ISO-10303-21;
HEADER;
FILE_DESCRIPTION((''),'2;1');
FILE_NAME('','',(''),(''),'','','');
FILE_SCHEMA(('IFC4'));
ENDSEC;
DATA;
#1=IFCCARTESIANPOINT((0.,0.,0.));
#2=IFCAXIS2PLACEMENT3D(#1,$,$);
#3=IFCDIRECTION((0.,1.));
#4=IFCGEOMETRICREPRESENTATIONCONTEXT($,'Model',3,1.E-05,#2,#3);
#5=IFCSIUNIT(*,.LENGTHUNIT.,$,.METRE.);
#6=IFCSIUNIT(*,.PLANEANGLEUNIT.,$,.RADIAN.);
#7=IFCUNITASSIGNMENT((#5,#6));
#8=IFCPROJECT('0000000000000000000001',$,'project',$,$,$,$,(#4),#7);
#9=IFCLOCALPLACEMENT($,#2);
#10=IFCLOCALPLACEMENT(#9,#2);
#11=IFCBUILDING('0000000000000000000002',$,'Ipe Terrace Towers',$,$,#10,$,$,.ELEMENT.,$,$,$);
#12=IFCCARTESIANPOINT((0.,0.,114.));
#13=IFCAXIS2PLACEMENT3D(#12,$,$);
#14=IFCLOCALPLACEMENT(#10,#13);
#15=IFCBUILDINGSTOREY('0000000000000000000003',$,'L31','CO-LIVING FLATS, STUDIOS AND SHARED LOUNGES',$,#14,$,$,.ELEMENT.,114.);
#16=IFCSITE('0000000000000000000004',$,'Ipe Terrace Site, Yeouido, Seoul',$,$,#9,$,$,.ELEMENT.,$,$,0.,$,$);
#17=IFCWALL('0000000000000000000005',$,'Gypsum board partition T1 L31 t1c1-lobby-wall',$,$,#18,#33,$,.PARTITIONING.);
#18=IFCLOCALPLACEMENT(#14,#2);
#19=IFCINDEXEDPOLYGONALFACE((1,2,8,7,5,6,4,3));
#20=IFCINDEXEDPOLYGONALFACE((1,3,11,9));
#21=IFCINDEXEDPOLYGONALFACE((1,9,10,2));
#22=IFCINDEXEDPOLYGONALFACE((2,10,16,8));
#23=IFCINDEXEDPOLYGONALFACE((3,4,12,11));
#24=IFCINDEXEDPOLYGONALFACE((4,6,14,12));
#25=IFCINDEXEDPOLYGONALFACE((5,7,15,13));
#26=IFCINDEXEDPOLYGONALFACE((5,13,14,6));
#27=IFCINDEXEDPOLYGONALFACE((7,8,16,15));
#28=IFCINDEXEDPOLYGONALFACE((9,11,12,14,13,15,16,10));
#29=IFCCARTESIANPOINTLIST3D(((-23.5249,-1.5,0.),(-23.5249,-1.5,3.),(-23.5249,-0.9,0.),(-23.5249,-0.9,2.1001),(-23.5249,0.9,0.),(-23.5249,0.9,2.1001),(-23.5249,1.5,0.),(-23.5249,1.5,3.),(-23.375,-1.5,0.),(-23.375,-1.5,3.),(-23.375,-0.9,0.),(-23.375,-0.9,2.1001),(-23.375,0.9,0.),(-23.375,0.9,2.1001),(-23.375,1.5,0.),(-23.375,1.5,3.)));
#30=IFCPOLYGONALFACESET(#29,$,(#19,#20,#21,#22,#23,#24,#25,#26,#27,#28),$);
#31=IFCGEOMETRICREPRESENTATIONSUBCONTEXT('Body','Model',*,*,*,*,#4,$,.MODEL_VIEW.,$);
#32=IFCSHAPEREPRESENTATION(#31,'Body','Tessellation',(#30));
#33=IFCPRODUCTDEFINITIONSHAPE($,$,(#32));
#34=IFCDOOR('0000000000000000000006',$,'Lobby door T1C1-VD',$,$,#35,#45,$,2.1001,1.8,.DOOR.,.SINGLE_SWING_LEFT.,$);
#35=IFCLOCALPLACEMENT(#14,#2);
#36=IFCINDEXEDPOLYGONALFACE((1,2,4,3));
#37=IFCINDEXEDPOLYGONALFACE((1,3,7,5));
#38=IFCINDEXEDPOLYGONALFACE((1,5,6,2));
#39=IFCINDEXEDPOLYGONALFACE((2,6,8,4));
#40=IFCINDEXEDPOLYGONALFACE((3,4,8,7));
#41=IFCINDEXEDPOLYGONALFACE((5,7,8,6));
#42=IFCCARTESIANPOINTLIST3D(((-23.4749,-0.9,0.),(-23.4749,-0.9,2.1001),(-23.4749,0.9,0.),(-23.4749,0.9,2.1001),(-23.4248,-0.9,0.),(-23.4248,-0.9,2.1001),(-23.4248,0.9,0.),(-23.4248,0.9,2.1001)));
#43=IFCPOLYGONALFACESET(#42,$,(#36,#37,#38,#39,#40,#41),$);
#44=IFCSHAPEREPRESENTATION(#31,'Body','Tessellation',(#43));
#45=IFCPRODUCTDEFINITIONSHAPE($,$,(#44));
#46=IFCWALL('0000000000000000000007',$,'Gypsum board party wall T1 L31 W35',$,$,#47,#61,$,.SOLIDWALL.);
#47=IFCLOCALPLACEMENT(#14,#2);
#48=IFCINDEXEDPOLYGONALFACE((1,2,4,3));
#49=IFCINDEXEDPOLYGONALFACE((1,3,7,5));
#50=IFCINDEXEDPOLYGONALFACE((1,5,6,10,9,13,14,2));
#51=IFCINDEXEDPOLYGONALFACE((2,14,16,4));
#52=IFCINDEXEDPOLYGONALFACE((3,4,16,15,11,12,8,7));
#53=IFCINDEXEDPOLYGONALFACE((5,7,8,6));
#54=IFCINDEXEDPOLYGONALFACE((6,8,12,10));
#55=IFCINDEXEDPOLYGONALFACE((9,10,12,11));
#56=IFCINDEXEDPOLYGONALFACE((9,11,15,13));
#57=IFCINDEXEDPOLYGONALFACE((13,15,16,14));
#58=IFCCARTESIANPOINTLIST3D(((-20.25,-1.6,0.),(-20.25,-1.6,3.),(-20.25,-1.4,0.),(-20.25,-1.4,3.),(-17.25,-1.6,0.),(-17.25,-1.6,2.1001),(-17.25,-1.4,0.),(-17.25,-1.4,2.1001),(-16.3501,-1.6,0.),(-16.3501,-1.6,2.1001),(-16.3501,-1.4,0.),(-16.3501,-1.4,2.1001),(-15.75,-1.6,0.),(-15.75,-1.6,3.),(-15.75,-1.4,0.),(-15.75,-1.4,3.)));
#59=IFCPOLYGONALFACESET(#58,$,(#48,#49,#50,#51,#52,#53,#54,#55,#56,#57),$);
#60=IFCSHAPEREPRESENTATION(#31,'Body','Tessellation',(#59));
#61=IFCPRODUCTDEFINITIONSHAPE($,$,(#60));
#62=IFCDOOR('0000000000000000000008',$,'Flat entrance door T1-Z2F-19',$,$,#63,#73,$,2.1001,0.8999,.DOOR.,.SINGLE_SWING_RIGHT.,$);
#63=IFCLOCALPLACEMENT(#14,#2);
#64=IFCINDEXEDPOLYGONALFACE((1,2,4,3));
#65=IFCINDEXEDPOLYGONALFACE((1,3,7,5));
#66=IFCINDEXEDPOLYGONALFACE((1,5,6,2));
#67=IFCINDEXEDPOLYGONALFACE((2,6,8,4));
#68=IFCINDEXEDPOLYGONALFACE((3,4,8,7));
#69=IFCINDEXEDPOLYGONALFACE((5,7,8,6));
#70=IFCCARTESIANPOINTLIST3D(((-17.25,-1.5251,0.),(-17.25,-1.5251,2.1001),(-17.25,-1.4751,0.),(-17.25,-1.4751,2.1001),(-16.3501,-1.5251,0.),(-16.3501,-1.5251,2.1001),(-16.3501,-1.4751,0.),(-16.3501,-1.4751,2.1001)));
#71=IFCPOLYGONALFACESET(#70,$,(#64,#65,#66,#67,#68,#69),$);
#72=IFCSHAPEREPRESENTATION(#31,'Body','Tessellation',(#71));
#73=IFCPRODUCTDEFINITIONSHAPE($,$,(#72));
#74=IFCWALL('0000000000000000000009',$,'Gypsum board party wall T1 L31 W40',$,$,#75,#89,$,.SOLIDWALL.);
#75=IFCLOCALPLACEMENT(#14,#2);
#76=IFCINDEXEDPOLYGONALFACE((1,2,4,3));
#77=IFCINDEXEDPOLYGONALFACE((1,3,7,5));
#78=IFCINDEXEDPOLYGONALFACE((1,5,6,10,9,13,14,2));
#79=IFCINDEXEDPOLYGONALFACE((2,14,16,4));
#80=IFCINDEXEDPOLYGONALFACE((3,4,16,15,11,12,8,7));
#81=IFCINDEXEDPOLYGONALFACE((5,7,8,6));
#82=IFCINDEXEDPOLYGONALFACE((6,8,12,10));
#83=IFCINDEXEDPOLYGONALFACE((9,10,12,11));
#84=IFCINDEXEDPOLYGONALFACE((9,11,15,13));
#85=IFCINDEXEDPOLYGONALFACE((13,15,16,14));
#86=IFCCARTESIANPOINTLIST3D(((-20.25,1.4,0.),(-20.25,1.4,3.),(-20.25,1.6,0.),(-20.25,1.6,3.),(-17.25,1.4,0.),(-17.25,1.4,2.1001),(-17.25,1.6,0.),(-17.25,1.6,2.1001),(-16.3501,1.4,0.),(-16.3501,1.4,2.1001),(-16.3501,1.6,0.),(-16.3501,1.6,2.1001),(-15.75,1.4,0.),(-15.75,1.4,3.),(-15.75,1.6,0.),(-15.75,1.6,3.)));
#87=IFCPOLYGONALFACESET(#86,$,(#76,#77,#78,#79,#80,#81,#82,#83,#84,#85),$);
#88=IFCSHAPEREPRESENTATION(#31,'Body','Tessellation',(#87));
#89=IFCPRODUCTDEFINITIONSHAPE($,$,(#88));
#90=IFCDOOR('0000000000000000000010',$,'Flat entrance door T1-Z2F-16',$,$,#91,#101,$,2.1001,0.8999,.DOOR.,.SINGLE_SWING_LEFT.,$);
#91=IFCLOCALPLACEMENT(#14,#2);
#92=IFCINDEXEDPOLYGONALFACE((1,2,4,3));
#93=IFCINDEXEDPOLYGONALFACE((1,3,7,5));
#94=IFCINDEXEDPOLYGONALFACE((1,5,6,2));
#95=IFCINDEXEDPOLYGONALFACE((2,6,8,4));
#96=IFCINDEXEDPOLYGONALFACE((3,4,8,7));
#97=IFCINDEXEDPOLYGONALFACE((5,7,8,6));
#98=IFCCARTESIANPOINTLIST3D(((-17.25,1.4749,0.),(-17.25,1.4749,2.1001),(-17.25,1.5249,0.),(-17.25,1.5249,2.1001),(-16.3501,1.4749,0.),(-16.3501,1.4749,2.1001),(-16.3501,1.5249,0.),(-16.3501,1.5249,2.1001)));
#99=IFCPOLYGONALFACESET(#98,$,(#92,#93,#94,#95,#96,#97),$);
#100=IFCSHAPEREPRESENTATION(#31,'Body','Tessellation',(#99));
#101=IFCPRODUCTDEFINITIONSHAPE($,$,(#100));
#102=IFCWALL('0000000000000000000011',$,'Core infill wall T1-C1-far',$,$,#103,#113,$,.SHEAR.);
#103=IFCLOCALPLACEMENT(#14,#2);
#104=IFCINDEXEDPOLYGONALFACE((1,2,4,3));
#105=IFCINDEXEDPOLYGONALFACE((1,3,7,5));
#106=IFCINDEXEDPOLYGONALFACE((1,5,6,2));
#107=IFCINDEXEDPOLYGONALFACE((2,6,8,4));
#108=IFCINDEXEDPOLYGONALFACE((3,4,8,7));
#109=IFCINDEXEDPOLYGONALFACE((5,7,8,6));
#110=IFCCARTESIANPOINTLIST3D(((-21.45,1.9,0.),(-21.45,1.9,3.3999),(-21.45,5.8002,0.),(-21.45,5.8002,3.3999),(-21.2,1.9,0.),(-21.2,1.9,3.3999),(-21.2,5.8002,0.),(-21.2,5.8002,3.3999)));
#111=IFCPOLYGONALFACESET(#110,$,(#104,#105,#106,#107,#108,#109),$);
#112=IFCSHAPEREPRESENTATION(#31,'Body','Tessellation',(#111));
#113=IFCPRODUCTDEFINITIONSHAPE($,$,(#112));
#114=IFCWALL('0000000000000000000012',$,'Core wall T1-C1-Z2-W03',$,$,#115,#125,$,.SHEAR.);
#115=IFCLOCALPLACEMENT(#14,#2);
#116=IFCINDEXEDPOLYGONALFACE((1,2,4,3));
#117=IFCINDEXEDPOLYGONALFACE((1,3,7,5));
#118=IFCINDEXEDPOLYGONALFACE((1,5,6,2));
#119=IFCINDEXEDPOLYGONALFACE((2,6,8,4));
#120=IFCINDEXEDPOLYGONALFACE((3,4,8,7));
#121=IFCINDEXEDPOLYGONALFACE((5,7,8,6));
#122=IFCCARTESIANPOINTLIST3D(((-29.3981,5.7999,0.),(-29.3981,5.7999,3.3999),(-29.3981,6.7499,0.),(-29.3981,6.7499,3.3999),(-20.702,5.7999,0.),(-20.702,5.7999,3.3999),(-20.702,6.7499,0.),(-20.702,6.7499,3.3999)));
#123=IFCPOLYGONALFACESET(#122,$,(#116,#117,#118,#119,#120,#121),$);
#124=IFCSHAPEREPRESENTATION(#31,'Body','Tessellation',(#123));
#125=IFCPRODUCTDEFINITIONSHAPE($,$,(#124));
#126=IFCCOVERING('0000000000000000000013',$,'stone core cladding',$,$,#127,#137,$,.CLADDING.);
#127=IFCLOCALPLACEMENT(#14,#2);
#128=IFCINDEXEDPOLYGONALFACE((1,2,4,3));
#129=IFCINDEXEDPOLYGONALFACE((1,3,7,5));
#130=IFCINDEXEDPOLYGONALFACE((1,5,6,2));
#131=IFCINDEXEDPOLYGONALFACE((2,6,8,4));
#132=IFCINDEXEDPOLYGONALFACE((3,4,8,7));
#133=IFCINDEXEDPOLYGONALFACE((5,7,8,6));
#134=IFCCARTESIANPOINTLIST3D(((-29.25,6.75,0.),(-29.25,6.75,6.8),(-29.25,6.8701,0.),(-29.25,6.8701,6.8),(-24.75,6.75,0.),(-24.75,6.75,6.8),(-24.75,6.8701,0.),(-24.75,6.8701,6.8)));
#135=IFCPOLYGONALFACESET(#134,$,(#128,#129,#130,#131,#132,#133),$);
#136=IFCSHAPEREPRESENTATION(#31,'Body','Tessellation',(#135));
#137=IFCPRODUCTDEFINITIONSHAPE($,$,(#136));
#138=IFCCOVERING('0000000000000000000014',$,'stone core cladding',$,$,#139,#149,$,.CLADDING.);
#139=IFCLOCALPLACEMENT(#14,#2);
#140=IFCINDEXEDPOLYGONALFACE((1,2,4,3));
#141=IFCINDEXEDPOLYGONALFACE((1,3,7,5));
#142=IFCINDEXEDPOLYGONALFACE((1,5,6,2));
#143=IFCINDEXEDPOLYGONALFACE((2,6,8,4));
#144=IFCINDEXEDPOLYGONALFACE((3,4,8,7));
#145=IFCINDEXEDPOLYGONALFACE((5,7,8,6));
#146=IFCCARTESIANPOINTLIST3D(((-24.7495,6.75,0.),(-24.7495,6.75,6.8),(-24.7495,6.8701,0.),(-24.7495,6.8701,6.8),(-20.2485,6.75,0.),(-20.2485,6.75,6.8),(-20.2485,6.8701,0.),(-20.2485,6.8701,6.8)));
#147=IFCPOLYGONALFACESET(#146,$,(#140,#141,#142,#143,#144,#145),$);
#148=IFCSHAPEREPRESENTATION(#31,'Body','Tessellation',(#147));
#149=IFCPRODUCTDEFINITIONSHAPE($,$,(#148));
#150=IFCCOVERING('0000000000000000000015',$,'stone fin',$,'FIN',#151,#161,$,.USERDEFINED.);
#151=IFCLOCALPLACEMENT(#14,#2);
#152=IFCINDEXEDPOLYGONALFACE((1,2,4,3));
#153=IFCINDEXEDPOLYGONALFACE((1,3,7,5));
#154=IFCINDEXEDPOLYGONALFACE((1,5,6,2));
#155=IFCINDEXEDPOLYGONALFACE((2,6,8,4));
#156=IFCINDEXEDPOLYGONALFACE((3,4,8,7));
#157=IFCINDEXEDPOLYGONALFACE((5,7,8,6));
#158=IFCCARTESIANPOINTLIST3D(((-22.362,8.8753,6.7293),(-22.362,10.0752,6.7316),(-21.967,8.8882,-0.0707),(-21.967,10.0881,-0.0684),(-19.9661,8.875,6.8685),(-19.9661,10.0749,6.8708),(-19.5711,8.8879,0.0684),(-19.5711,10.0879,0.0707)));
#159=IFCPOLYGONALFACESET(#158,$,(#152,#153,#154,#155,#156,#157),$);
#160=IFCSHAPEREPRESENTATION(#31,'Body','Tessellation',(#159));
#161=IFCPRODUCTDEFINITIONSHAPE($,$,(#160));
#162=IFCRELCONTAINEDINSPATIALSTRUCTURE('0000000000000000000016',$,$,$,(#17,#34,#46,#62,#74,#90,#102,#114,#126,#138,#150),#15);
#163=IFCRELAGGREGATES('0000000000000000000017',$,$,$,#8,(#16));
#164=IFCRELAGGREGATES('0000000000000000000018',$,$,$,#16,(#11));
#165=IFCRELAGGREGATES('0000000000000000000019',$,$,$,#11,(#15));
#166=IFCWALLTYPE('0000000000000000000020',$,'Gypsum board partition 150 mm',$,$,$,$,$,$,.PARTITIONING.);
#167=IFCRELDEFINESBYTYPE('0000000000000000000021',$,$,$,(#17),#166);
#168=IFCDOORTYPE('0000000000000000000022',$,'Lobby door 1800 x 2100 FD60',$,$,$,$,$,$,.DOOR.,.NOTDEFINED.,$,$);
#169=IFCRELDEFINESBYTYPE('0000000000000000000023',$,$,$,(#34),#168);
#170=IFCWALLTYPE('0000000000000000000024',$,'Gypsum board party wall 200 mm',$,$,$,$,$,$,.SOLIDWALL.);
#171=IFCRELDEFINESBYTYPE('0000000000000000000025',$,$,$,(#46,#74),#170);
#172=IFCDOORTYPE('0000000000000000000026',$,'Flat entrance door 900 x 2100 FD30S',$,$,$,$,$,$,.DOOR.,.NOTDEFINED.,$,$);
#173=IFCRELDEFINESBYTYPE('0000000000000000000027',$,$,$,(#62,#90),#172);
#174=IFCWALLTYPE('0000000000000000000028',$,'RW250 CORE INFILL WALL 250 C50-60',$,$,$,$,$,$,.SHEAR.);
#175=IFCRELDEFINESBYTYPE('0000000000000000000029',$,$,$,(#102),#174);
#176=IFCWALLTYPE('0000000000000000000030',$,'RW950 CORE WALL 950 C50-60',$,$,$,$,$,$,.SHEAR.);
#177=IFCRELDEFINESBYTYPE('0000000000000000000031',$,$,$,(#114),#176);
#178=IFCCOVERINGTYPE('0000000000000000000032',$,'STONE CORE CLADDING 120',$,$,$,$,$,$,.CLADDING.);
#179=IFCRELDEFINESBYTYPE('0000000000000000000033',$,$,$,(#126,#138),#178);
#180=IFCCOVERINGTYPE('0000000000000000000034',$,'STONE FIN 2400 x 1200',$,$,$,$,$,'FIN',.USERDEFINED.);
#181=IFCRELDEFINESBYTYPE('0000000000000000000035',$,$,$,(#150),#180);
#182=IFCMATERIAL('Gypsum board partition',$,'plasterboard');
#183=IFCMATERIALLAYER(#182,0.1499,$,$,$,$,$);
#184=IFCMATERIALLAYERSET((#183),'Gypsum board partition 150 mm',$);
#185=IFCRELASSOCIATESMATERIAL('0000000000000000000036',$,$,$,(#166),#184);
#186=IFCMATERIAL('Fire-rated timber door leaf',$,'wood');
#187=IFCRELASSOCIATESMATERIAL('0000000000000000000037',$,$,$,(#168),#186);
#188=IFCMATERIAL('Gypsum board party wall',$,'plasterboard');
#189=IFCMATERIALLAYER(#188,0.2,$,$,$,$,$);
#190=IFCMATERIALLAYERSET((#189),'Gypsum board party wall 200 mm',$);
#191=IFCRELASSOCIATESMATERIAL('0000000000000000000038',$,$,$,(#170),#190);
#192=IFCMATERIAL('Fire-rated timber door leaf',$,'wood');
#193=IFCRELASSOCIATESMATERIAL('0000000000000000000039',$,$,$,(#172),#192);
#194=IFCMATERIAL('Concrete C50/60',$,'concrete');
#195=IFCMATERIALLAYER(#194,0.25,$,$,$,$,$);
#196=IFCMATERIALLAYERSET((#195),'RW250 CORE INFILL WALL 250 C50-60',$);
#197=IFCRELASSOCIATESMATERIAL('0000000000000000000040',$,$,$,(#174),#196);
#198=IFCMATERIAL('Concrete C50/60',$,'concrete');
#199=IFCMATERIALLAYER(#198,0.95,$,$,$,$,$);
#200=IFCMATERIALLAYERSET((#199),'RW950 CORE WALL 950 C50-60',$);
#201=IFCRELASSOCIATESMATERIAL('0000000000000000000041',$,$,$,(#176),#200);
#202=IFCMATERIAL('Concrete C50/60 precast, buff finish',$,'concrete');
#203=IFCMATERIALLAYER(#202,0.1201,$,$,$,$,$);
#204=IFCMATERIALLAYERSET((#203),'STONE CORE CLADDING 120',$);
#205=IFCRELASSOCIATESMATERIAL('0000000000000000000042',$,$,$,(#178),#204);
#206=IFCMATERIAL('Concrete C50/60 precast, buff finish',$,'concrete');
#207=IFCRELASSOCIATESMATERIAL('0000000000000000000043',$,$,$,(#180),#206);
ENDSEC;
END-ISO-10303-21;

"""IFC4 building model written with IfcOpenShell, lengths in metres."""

from ifc_helpers import new_model, si_unit, direction, frame, frame_2d, origin, origin_2d, place, context, subcontext, project, spatial, rectangle, extrude, material, layer, layer_set, material_profile, profile_set, type_object, element, fill, save


model = new_model("IFC4")

# Units and contexts
model_context = context("Model", 3, precision=1e-05, world=origin(), true_north=direction((0.0, 1.0)))
body_context = subcontext(model_context, "Body", "Model", "MODEL_VIEW")
ifc_project = project(units=[si_unit("LENGTHUNIT", "METRE"), si_unit("PLANEANGLEUNIT", "RADIAN")], contexts=[model_context])

# Site, building, storey
site_placement = place(None, origin())
site = spatial("IfcSite", under=ifc_project, at=site_placement, Name="Ipe Terrace Site, Yeouido, Seoul", CompositionType="ELEMENT", RefElevation=0.0)
building_placement = place(site_placement, origin())
building = spatial("IfcBuilding", under=site, at=building_placement, Name="Ipe Terrace Towers", CompositionType="ELEMENT")
storey_placement = place(building_placement, frame((0.0, 0.0, 114.0)))
storey = spatial("IfcBuildingStorey", under=building, at=storey_placement, Name="L31", Description="CO-LIVING FLATS, STUDIOS AND SHARED LOUNGES", CompositionType="ELEMENT", Elevation=114.0)

# Walls, openings, doors
ifc_material_1 = material(Name="Gypsum board partition", Category="plasterboard")
ifc_layer_1 = layer(ifc_material_1, 0.1499)
ifc_layer_set_1 = layer_set([ifc_layer_1], Name="Gypsum board partition 150 mm")
wall_type_1 = type_object("IfcWallType", Name="Gypsum board partition 150 mm", PredefinedType="PARTITIONING", material=ifc_layer_set_1)
wall_1_placement = place(storey_placement, frame((-23.45, -1.5, 0.0), z_axis=(0.0, 0.0, 1.0), x_axis=(0.0, 1.0, 0.0)))
wall_1 = element("IfcWall", 1, at=wall_1_placement, inside=storey, type_object=wall_type_1, Name="Gypsum board partition T1 L31 t1c1-lobby-wall", PredefinedType="PARTITIONING", context=body_context, shape_type="SweptSolid", body=[
    extrude(rectangle(XDim=3.0, YDim=0.1499, at=frame_2d((1.5, 0.0))), origin(), (0.0, 0.0, 1.0), 3.0),
])
opening_1_placement = place(wall_1_placement, frame((0.6001, 0.0, 0.0)))
opening_1 = element("IfcOpeningElement", 2, at=opening_1_placement, cuts=wall_1, PredefinedType="OPENING", context=body_context, shape_type="SweptSolid", body=[
    extrude(rectangle(XDim=1.8, YDim=2.1001, at=frame_2d((0.8999, 1.05))), frame((0.0, 0.085, 0.0), z_axis=(0.0, -1.0, 0.0), x_axis=(1.0, 0.0, 0.0)), (0.0, 0.0, 1.0), 0.1699),
])
ifc_material_2 = material(Name="Fire-rated timber door leaf", Category="wood")
door_type_1 = type_object("IfcDoorType", Name="Lobby door 1800 x 2100 FD60", OperationType="NOTDEFINED", PredefinedType="DOOR", material=ifc_material_2)
door_1_placement = place(opening_1_placement, origin())
door_1 = element("IfcDoor", 3, at=door_1_placement, inside=storey, type_object=door_type_1, Name="Lobby door T1C1-VD", OperationType="SINGLE_SWING_LEFT", OverallHeight=2.1001, OverallWidth=1.8, PredefinedType="DOOR", context=body_context, shape_type="SweptSolid", body=[
    extrude(rectangle(XDim=1.8, YDim=2.1001, at=frame_2d((0.8999, 1.05))), frame((0.0, 0.0249, 0.0), z_axis=(0.0, -1.0, 0.0), x_axis=(1.0, 0.0, 0.0)), (0.0, 0.0, 1.0), 0.05),
])
fill(opening_1, door_1)
ifc_material_3 = material(Name="Gypsum board party wall", Category="plasterboard")
ifc_layer_2 = layer(ifc_material_3, 0.2)
ifc_layer_set_2 = layer_set([ifc_layer_2], Name="Gypsum board party wall 200 mm")
wall_type_2 = type_object("IfcWallType", Name="Gypsum board party wall 200 mm", PredefinedType="SOLIDWALL", material=ifc_layer_set_2)
wall_2_placement = place(storey_placement, frame((-20.25, -1.5, 0.0), z_axis=(0.0, 0.0, 1.0), x_axis=(1.0, 0.0, 0.0)))
wall_2 = element("IfcWall", 4, at=wall_2_placement, inside=storey, type_object=wall_type_2, Name="Gypsum board party wall T1 L31 W35", PredefinedType="SOLIDWALL", context=body_context, shape_type="SweptSolid", body=[
    extrude(rectangle(XDim=4.5, YDim=0.2, at=frame_2d((2.25, 0.0))), origin(), (0.0, 0.0, 1.0), 3.0),
])
opening_2_placement = place(wall_2_placement, frame((3.0, 0.0, 0.0)))
opening_2 = element("IfcOpeningElement", 5, at=opening_2_placement, cuts=wall_2, PredefinedType="OPENING", context=body_context, shape_type="SweptSolid", body=[
    extrude(rectangle(XDim=0.8999, YDim=2.1001, at=frame_2d((0.45, 1.05))), frame((0.0, 0.1099, 0.0), z_axis=(0.0, -1.0, 0.0), x_axis=(1.0, 0.0, 0.0)), (0.0, 0.0, 1.0), 0.22),
])
ifc_material_4 = material(Name="Fire-rated timber door leaf", Category="wood")
door_type_2 = type_object("IfcDoorType", Name="Flat entrance door 900 x 2100 FD30S", OperationType="NOTDEFINED", PredefinedType="DOOR", material=ifc_material_4)
door_2_placement = place(opening_2_placement, origin())
door_2 = element("IfcDoor", 6, at=door_2_placement, inside=storey, type_object=door_type_2, Name="Flat entrance door T1-Z2F-19", OperationType="SINGLE_SWING_RIGHT", OverallHeight=2.1001, OverallWidth=0.8999, PredefinedType="DOOR", context=body_context, shape_type="SweptSolid", body=[
    extrude(rectangle(XDim=0.8999, YDim=2.1001, at=frame_2d((0.45, 1.05))), frame((0.0, 0.0249, 0.0), z_axis=(0.0, -1.0, 0.0), x_axis=(1.0, 0.0, 0.0)), (0.0, 0.0, 1.0), 0.05),
])
fill(opening_2, door_2)
wall_3_placement = place(storey_placement, frame((-20.25, 1.5, 0.0), z_axis=(0.0, 0.0, 1.0), x_axis=(1.0, 0.0, 0.0)))
wall_3 = element("IfcWall", 7, at=wall_3_placement, inside=storey, type_object=wall_type_2, Name="Gypsum board party wall T1 L31 W40", PredefinedType="SOLIDWALL", context=body_context, shape_type="SweptSolid", body=[
    extrude(rectangle(XDim=4.5, YDim=0.2, at=frame_2d((2.25, 0.0))), origin(), (0.0, 0.0, 1.0), 3.0),
])
opening_3_placement = place(wall_3_placement, frame((3.0, 0.0, 0.0)))
opening_3 = element("IfcOpeningElement", 8, at=opening_3_placement, cuts=wall_3, PredefinedType="OPENING", context=body_context, shape_type="SweptSolid", body=[
    extrude(rectangle(XDim=0.8999, YDim=2.1001, at=frame_2d((0.45, 1.05))), frame((0.0, 0.1099, 0.0), z_axis=(0.0, -1.0, 0.0), x_axis=(1.0, 0.0, 0.0)), (0.0, 0.0, 1.0), 0.22),
])
door_3_placement = place(opening_3_placement, origin())
door_3 = element("IfcDoor", 9, at=door_3_placement, inside=storey, type_object=door_type_2, Name="Flat entrance door T1-Z2F-16", OperationType="SINGLE_SWING_LEFT", OverallHeight=2.1001, OverallWidth=0.8999, PredefinedType="DOOR", context=body_context, shape_type="SweptSolid", body=[
    extrude(rectangle(XDim=0.8999, YDim=2.1001, at=frame_2d((0.45, 1.05))), frame((0.0, 0.0249, 0.0), z_axis=(0.0, -1.0, 0.0), x_axis=(1.0, 0.0, 0.0)), (0.0, 0.0, 1.0), 0.05),
])
fill(opening_3, door_3)

# Walls
ifc_material_5 = material(Name="Concrete C50/60", Category="concrete")
ifc_layer_3 = layer(ifc_material_5, 0.25)
ifc_layer_set_3 = layer_set([ifc_layer_3], Name="RW250 CORE INFILL WALL 250 C50-60")
wall_type_3 = type_object("IfcWallType", Name="RW250 CORE INFILL WALL 250 C50-60", PredefinedType="SHEAR", material=ifc_layer_set_3)
wall_4_placement = place(storey_placement, frame((-21.325, 1.8999, 0.0), z_axis=(0.0, 0.0, 1.0), x_axis=(0.0, 1.0, 0.0)))
element("IfcWall", 10, at=wall_4_placement, inside=storey, type_object=wall_type_3, Name="Core infill wall T1-C1-far", PredefinedType="SHEAR", context=body_context, shape_type="SweptSolid", body=[
    extrude(rectangle(XDim=3.9001, YDim=0.25, at=frame_2d((1.9502, 0.0))), origin(), (0.0, 0.0, 1.0), 3.3999),
])
ifc_material_6 = material(Name="Concrete C50/60", Category="concrete")
ifc_layer_4 = layer(ifc_material_6, 0.95)
ifc_layer_set_4 = layer_set([ifc_layer_4], Name="RW950 CORE WALL 950 C50-60")
wall_type_4 = type_object("IfcWallType", Name="RW950 CORE WALL 950 C50-60", PredefinedType="SHEAR", material=ifc_layer_set_4)
wall_5_placement = place(storey_placement, frame((-20.7019, 6.2749, 0.0), z_axis=(0.0, 0.0, 1.0), x_axis=(-1.0, 0.0, 0.0)))
element("IfcWall", 11, at=wall_5_placement, inside=storey, type_object=wall_type_4, Name="Core wall T1-C1-Z2-W03", PredefinedType="SHEAR", context=body_context, shape_type="SweptSolid", body=[
    extrude(rectangle(XDim=8.696, YDim=0.95, at=frame_2d((4.3481, 0.0))), origin(), (0.0, 0.0, 1.0), 3.3999),
])

# Coverings
ifc_material_7 = material(Name="Concrete C50/60 precast, buff finish", Category="concrete")
ifc_layer_5 = layer(ifc_material_7, 0.1201)
ifc_layer_set_5 = layer_set([ifc_layer_5], Name="STONE CORE CLADDING 120")
covering_type_1 = type_object("IfcCoveringType", Name="STONE CORE CLADDING 120", PredefinedType="CLADDING", material=ifc_layer_set_5)
covering_1_placement = place(storey_placement, frame((-27.0, 6.8101, 0.0), z_axis=(0.0, 0.0, 1.0), x_axis=(-1.0, 0.0, 0.0)))
element("IfcCovering", 12, at=covering_1_placement, inside=storey, type_object=covering_type_1, Name="stone core cladding", PredefinedType="CLADDING", context=body_context, shape_type="SweptSolid", body=[
    extrude(rectangle(XDim=4.5, YDim=0.1201, at=origin_2d()), origin(), (0.0, 0.0, 1.0), 6.8),
])
covering_2_placement = place(storey_placement, frame((-22.499, 6.8101, 0.0), z_axis=(0.0, 0.0, 1.0), x_axis=(-1.0, 0.0, 0.0)))
element("IfcCovering", 13, at=covering_2_placement, inside=storey, type_object=covering_type_1, Name="stone core cladding", PredefinedType="CLADDING", context=body_context, shape_type="SweptSolid", body=[
    extrude(rectangle(XDim=4.501, YDim=0.1201, at=origin_2d()), origin(), (0.0, 0.0, 1.0), 6.8),
])
ifc_material_8 = material(Name="Concrete C50/60 precast, buff finish", Category="concrete")
ifc_material_profile_1 = material_profile(ifc_material_8, rectangle(XDim=2.3999, YDim=1.2, at=origin_2d()), Name="STONE FIN 2400 x 1200")
ifc_profile_set_1 = profile_set([ifc_material_profile_1], Name="Concrete C50/60 precast, buff finish")
covering_type_2 = type_object("IfcCoveringType", Name="STONE FIN 2400 x 1200", ElementType="FIN", PredefinedType="USERDEFINED", material=ifc_profile_set_1)
covering_3_placement = place(storey_placement, frame((-20.769, 9.488, 0.0), z_axis=(-0.057993, -0.0019, 0.998315), x_axis=(-0.998317, 0.00011, -0.057993)))
element("IfcCovering", 14, at=covering_3_placement, inside=storey, type_object=covering_type_2, Name="stone fin", ObjectType="FIN", PredefinedType="USERDEFINED", context=body_context, shape_type="SweptSolid", body=[
    extrude(rectangle(XDim=2.3999, YDim=1.2, at=origin_2d()), origin(), (0.0, 0.0, 1.0), 6.8115),
])

save(model, "model.ifc")
